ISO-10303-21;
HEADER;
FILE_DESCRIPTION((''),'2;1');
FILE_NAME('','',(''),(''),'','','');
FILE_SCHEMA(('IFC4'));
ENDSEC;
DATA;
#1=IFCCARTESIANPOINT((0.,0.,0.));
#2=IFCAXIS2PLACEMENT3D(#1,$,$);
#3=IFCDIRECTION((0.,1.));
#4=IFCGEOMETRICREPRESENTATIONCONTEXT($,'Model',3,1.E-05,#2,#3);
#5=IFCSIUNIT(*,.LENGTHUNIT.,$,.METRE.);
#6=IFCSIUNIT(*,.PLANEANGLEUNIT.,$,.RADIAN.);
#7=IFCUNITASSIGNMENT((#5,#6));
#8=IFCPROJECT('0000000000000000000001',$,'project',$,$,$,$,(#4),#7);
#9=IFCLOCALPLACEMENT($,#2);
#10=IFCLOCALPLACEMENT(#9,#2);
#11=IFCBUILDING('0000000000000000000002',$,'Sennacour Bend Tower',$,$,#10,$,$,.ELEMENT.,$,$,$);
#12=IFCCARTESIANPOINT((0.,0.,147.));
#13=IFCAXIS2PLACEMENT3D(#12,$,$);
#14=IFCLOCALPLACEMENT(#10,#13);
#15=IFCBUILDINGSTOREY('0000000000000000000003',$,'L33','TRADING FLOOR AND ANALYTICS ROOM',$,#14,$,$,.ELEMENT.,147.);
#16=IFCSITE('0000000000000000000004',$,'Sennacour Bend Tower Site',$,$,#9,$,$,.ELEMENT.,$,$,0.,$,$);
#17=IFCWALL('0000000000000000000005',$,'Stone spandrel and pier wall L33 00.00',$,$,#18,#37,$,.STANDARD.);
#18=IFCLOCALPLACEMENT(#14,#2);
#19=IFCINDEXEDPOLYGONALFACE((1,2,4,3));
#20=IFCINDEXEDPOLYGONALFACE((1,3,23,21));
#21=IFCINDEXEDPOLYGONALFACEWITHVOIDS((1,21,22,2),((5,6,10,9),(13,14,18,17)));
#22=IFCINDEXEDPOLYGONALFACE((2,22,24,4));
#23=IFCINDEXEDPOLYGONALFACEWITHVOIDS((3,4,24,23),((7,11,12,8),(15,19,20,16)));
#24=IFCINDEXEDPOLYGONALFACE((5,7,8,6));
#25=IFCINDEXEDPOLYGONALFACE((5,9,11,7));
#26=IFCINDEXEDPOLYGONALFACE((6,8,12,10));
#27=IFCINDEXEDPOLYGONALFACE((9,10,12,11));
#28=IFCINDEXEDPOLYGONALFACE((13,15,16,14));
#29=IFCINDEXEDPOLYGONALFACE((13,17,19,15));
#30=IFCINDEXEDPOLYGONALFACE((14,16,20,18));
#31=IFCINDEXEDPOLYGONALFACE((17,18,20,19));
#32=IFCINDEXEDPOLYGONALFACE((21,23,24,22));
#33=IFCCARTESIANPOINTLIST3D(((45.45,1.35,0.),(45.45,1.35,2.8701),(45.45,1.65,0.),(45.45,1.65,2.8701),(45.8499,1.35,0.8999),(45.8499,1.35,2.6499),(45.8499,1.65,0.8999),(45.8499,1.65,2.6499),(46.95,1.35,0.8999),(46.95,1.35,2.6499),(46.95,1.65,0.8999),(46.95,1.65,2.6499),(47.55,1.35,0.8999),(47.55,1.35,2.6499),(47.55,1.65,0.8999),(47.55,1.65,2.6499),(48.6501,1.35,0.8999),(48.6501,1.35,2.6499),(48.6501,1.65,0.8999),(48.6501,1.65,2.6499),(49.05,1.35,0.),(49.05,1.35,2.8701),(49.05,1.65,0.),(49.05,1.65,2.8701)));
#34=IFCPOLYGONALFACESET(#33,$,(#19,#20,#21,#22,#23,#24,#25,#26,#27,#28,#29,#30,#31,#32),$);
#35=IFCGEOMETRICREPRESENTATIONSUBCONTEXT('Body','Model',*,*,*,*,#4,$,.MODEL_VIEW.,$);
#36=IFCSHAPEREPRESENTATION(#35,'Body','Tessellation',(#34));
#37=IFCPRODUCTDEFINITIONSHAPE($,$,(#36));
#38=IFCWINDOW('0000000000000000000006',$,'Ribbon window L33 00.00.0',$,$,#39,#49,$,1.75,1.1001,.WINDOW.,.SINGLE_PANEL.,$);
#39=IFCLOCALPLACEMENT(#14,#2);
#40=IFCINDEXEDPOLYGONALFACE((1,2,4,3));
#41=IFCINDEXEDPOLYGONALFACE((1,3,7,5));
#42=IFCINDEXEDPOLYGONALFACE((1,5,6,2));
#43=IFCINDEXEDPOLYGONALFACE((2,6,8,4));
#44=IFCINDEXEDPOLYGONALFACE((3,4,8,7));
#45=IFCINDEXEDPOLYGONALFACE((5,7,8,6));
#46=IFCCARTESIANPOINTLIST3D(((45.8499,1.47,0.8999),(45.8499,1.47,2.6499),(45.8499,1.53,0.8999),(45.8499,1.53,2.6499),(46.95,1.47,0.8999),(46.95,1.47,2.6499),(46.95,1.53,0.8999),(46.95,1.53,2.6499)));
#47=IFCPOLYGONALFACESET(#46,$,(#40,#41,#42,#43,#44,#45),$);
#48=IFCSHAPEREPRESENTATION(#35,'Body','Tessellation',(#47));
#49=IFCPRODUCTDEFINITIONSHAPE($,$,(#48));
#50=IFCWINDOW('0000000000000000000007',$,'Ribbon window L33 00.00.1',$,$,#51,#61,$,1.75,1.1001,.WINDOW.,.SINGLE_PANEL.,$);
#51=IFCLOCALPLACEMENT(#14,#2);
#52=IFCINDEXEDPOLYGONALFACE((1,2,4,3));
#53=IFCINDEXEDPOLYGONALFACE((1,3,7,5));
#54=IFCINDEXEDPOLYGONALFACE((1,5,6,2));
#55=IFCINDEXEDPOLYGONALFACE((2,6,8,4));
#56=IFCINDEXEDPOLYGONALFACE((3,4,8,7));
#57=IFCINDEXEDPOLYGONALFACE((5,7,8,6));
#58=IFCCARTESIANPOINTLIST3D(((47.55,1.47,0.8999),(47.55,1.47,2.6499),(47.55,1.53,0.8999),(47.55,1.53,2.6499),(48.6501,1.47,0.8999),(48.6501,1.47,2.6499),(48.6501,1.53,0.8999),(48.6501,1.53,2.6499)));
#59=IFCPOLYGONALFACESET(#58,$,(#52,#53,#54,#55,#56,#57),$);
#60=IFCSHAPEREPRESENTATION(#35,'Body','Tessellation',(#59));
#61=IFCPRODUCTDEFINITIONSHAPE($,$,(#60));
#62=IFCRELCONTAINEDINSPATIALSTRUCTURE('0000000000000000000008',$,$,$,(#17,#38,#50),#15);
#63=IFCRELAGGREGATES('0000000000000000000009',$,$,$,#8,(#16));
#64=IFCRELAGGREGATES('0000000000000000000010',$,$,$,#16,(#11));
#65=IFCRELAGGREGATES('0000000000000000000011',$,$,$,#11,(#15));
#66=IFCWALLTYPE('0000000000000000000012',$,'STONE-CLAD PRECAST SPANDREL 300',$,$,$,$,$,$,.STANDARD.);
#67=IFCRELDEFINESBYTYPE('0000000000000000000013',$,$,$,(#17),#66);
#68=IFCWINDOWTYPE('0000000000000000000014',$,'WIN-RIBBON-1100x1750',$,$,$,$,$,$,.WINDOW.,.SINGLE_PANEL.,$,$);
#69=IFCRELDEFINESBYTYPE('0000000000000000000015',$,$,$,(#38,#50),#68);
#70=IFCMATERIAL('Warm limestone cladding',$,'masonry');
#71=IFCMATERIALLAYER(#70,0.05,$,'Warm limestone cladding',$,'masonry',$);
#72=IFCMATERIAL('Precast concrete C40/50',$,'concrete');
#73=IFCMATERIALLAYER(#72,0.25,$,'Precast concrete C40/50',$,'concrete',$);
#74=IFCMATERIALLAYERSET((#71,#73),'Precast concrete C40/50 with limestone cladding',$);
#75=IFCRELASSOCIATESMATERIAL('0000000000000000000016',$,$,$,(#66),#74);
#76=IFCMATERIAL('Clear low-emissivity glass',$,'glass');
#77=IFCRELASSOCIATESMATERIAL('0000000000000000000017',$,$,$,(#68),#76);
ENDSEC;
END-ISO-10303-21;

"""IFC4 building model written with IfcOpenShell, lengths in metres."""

from ifc_helpers import new_model, si_unit, direction, frame, frame_2d, origin, place, context, subcontext, project, spatial, rectangle, extrude, material, layer, layer_set, type_object, element, fill, save


model = new_model("IFC4")

# Units and contexts
model_context = context("Model", 3, precision=1e-05, world=origin(), true_north=direction((0.0, 1.0)))
body_context = subcontext(model_context, "Body", "Model", "MODEL_VIEW")
ifc_project = project(units=[si_unit("LENGTHUNIT", "METRE"), si_unit("PLANEANGLEUNIT", "RADIAN")], contexts=[model_context])

# Site, building, storey
site_placement = place(None, origin())
site = spatial("IfcSite", under=ifc_project, at=site_placement, Name="Sennacour Bend Tower Site", CompositionType="ELEMENT", RefElevation=0.0)
building_placement = place(site_placement, origin())
building = spatial("IfcBuilding", under=site, at=building_placement, Name="Sennacour Bend Tower", CompositionType="ELEMENT")
storey_placement = place(building_placement, frame((0.0, 0.0, 147.0)))
storey = spatial("IfcBuildingStorey", under=building, at=storey_placement, Name="L33", Description="TRADING FLOOR AND ANALYTICS ROOM", CompositionType="ELEMENT", Elevation=147.0)

# Wall, openings, windows
ifc_material_1 = material(Name="Warm limestone cladding", Category="masonry")
ifc_layer_1 = layer(ifc_material_1, 0.05, Name="Warm limestone cladding", Category="masonry")
ifc_material_2 = material(Name="Precast concrete C40/50", Category="concrete")
ifc_layer_2 = layer(ifc_material_2, 0.25, Name="Precast concrete C40/50", Category="concrete")
ifc_layer_set_1 = layer_set([ifc_layer_1, ifc_layer_2], Name="Precast concrete C40/50 with limestone cladding")
wall_type_1 = type_object("IfcWallType", Name="STONE-CLAD PRECAST SPANDREL 300", PredefinedType="STANDARD", material=ifc_layer_set_1)
wall_1_placement = place(storey_placement, frame((45.45, 1.5, 0.0), z_axis=(0.0, 0.0, 1.0), x_axis=(1.0, 0.0, 0.0)))
wall_1 = element("IfcWall", 1, at=wall_1_placement, inside=storey, type_object=wall_type_1, Name="Stone spandrel and pier wall L33 00.00", PredefinedType="STANDARD", context=body_context, shape_type="SweptSolid", body=[
    extrude(rectangle(XDim=3.6001, YDim=0.3, at=frame_2d((1.8, 0.0))), origin(), (0.0, 0.0, 1.0), 2.8701),
])
opening_1_placement = place(wall_1_placement, frame((0.3999, 0.0, 0.8999)))
opening_1 = element("IfcOpeningElement", 2, at=opening_1_placement, cuts=wall_1, PredefinedType="OPENING", context=body_context, shape_type="SweptSolid", body=[
    extrude(rectangle(XDim=1.1001, YDim=1.75, at=frame_2d((0.55, 0.875))), frame((0.0, 0.1602, 0.0), z_axis=(0.0, -1.0, 0.0), x_axis=(1.0, 0.0, 0.0)), (0.0, 0.0, 1.0), 0.3201),
])
opening_2_placement = place(wall_1_placement, frame((2.1001, 0.0, 0.8999)))
opening_2 = element("IfcOpeningElement", 3, at=opening_2_placement, cuts=wall_1, PredefinedType="OPENING", context=body_context, shape_type="SweptSolid", body=[
    extrude(rectangle(XDim=1.1001, YDim=1.75, at=frame_2d((0.55, 0.875))), frame((0.0, 0.1602, 0.0), z_axis=(0.0, -1.0, 0.0), x_axis=(1.0, 0.0, 0.0)), (0.0, 0.0, 1.0), 0.3201),
])
ifc_material_3 = material(Name="Clear low-emissivity glass", Category="glass")
window_type = type_object("IfcWindowType", Name="WIN-RIBBON-1100x1750", PartitioningType="SINGLE_PANEL", PredefinedType="WINDOW", material=ifc_material_3)
window_1_placement = place(opening_1_placement, origin())
window_1 = element("IfcWindow", 4, at=window_1_placement, inside=storey, type_object=window_type, Name="Ribbon window L33 00.00.0", OverallHeight=1.75, OverallWidth=1.1001, PartitioningType="SINGLE_PANEL", PredefinedType="WINDOW", context=body_context, shape_type="SweptSolid", body=[
    extrude(rectangle(XDim=1.1001, YDim=1.75, at=frame_2d((0.55, 0.875))), frame((0.0, 0.03, 0.0), z_axis=(0.0, -1.0, 0.0), x_axis=(1.0, 0.0, 0.0)), (0.0, 0.0, 1.0), 0.0601),
])
fill(opening_1, window_1)
window_2_placement = place(opening_2_placement, origin())
window_2 = element("IfcWindow", 5, at=window_2_placement, inside=storey, type_object=window_type, Name="Ribbon window L33 00.00.1", OverallHeight=1.75, OverallWidth=1.1001, PartitioningType="SINGLE_PANEL", PredefinedType="WINDOW", context=body_context, shape_type="SweptSolid", body=[
    extrude(rectangle(XDim=1.1001, YDim=1.75, at=frame_2d((0.55, 0.875))), frame((0.0, 0.03, 0.0), z_axis=(0.0, -1.0, 0.0), x_axis=(1.0, 0.0, 0.0)), (0.0, 0.0, 1.0), 0.0601),
])
fill(opening_2, window_2)

save(model, "model.ifc")
